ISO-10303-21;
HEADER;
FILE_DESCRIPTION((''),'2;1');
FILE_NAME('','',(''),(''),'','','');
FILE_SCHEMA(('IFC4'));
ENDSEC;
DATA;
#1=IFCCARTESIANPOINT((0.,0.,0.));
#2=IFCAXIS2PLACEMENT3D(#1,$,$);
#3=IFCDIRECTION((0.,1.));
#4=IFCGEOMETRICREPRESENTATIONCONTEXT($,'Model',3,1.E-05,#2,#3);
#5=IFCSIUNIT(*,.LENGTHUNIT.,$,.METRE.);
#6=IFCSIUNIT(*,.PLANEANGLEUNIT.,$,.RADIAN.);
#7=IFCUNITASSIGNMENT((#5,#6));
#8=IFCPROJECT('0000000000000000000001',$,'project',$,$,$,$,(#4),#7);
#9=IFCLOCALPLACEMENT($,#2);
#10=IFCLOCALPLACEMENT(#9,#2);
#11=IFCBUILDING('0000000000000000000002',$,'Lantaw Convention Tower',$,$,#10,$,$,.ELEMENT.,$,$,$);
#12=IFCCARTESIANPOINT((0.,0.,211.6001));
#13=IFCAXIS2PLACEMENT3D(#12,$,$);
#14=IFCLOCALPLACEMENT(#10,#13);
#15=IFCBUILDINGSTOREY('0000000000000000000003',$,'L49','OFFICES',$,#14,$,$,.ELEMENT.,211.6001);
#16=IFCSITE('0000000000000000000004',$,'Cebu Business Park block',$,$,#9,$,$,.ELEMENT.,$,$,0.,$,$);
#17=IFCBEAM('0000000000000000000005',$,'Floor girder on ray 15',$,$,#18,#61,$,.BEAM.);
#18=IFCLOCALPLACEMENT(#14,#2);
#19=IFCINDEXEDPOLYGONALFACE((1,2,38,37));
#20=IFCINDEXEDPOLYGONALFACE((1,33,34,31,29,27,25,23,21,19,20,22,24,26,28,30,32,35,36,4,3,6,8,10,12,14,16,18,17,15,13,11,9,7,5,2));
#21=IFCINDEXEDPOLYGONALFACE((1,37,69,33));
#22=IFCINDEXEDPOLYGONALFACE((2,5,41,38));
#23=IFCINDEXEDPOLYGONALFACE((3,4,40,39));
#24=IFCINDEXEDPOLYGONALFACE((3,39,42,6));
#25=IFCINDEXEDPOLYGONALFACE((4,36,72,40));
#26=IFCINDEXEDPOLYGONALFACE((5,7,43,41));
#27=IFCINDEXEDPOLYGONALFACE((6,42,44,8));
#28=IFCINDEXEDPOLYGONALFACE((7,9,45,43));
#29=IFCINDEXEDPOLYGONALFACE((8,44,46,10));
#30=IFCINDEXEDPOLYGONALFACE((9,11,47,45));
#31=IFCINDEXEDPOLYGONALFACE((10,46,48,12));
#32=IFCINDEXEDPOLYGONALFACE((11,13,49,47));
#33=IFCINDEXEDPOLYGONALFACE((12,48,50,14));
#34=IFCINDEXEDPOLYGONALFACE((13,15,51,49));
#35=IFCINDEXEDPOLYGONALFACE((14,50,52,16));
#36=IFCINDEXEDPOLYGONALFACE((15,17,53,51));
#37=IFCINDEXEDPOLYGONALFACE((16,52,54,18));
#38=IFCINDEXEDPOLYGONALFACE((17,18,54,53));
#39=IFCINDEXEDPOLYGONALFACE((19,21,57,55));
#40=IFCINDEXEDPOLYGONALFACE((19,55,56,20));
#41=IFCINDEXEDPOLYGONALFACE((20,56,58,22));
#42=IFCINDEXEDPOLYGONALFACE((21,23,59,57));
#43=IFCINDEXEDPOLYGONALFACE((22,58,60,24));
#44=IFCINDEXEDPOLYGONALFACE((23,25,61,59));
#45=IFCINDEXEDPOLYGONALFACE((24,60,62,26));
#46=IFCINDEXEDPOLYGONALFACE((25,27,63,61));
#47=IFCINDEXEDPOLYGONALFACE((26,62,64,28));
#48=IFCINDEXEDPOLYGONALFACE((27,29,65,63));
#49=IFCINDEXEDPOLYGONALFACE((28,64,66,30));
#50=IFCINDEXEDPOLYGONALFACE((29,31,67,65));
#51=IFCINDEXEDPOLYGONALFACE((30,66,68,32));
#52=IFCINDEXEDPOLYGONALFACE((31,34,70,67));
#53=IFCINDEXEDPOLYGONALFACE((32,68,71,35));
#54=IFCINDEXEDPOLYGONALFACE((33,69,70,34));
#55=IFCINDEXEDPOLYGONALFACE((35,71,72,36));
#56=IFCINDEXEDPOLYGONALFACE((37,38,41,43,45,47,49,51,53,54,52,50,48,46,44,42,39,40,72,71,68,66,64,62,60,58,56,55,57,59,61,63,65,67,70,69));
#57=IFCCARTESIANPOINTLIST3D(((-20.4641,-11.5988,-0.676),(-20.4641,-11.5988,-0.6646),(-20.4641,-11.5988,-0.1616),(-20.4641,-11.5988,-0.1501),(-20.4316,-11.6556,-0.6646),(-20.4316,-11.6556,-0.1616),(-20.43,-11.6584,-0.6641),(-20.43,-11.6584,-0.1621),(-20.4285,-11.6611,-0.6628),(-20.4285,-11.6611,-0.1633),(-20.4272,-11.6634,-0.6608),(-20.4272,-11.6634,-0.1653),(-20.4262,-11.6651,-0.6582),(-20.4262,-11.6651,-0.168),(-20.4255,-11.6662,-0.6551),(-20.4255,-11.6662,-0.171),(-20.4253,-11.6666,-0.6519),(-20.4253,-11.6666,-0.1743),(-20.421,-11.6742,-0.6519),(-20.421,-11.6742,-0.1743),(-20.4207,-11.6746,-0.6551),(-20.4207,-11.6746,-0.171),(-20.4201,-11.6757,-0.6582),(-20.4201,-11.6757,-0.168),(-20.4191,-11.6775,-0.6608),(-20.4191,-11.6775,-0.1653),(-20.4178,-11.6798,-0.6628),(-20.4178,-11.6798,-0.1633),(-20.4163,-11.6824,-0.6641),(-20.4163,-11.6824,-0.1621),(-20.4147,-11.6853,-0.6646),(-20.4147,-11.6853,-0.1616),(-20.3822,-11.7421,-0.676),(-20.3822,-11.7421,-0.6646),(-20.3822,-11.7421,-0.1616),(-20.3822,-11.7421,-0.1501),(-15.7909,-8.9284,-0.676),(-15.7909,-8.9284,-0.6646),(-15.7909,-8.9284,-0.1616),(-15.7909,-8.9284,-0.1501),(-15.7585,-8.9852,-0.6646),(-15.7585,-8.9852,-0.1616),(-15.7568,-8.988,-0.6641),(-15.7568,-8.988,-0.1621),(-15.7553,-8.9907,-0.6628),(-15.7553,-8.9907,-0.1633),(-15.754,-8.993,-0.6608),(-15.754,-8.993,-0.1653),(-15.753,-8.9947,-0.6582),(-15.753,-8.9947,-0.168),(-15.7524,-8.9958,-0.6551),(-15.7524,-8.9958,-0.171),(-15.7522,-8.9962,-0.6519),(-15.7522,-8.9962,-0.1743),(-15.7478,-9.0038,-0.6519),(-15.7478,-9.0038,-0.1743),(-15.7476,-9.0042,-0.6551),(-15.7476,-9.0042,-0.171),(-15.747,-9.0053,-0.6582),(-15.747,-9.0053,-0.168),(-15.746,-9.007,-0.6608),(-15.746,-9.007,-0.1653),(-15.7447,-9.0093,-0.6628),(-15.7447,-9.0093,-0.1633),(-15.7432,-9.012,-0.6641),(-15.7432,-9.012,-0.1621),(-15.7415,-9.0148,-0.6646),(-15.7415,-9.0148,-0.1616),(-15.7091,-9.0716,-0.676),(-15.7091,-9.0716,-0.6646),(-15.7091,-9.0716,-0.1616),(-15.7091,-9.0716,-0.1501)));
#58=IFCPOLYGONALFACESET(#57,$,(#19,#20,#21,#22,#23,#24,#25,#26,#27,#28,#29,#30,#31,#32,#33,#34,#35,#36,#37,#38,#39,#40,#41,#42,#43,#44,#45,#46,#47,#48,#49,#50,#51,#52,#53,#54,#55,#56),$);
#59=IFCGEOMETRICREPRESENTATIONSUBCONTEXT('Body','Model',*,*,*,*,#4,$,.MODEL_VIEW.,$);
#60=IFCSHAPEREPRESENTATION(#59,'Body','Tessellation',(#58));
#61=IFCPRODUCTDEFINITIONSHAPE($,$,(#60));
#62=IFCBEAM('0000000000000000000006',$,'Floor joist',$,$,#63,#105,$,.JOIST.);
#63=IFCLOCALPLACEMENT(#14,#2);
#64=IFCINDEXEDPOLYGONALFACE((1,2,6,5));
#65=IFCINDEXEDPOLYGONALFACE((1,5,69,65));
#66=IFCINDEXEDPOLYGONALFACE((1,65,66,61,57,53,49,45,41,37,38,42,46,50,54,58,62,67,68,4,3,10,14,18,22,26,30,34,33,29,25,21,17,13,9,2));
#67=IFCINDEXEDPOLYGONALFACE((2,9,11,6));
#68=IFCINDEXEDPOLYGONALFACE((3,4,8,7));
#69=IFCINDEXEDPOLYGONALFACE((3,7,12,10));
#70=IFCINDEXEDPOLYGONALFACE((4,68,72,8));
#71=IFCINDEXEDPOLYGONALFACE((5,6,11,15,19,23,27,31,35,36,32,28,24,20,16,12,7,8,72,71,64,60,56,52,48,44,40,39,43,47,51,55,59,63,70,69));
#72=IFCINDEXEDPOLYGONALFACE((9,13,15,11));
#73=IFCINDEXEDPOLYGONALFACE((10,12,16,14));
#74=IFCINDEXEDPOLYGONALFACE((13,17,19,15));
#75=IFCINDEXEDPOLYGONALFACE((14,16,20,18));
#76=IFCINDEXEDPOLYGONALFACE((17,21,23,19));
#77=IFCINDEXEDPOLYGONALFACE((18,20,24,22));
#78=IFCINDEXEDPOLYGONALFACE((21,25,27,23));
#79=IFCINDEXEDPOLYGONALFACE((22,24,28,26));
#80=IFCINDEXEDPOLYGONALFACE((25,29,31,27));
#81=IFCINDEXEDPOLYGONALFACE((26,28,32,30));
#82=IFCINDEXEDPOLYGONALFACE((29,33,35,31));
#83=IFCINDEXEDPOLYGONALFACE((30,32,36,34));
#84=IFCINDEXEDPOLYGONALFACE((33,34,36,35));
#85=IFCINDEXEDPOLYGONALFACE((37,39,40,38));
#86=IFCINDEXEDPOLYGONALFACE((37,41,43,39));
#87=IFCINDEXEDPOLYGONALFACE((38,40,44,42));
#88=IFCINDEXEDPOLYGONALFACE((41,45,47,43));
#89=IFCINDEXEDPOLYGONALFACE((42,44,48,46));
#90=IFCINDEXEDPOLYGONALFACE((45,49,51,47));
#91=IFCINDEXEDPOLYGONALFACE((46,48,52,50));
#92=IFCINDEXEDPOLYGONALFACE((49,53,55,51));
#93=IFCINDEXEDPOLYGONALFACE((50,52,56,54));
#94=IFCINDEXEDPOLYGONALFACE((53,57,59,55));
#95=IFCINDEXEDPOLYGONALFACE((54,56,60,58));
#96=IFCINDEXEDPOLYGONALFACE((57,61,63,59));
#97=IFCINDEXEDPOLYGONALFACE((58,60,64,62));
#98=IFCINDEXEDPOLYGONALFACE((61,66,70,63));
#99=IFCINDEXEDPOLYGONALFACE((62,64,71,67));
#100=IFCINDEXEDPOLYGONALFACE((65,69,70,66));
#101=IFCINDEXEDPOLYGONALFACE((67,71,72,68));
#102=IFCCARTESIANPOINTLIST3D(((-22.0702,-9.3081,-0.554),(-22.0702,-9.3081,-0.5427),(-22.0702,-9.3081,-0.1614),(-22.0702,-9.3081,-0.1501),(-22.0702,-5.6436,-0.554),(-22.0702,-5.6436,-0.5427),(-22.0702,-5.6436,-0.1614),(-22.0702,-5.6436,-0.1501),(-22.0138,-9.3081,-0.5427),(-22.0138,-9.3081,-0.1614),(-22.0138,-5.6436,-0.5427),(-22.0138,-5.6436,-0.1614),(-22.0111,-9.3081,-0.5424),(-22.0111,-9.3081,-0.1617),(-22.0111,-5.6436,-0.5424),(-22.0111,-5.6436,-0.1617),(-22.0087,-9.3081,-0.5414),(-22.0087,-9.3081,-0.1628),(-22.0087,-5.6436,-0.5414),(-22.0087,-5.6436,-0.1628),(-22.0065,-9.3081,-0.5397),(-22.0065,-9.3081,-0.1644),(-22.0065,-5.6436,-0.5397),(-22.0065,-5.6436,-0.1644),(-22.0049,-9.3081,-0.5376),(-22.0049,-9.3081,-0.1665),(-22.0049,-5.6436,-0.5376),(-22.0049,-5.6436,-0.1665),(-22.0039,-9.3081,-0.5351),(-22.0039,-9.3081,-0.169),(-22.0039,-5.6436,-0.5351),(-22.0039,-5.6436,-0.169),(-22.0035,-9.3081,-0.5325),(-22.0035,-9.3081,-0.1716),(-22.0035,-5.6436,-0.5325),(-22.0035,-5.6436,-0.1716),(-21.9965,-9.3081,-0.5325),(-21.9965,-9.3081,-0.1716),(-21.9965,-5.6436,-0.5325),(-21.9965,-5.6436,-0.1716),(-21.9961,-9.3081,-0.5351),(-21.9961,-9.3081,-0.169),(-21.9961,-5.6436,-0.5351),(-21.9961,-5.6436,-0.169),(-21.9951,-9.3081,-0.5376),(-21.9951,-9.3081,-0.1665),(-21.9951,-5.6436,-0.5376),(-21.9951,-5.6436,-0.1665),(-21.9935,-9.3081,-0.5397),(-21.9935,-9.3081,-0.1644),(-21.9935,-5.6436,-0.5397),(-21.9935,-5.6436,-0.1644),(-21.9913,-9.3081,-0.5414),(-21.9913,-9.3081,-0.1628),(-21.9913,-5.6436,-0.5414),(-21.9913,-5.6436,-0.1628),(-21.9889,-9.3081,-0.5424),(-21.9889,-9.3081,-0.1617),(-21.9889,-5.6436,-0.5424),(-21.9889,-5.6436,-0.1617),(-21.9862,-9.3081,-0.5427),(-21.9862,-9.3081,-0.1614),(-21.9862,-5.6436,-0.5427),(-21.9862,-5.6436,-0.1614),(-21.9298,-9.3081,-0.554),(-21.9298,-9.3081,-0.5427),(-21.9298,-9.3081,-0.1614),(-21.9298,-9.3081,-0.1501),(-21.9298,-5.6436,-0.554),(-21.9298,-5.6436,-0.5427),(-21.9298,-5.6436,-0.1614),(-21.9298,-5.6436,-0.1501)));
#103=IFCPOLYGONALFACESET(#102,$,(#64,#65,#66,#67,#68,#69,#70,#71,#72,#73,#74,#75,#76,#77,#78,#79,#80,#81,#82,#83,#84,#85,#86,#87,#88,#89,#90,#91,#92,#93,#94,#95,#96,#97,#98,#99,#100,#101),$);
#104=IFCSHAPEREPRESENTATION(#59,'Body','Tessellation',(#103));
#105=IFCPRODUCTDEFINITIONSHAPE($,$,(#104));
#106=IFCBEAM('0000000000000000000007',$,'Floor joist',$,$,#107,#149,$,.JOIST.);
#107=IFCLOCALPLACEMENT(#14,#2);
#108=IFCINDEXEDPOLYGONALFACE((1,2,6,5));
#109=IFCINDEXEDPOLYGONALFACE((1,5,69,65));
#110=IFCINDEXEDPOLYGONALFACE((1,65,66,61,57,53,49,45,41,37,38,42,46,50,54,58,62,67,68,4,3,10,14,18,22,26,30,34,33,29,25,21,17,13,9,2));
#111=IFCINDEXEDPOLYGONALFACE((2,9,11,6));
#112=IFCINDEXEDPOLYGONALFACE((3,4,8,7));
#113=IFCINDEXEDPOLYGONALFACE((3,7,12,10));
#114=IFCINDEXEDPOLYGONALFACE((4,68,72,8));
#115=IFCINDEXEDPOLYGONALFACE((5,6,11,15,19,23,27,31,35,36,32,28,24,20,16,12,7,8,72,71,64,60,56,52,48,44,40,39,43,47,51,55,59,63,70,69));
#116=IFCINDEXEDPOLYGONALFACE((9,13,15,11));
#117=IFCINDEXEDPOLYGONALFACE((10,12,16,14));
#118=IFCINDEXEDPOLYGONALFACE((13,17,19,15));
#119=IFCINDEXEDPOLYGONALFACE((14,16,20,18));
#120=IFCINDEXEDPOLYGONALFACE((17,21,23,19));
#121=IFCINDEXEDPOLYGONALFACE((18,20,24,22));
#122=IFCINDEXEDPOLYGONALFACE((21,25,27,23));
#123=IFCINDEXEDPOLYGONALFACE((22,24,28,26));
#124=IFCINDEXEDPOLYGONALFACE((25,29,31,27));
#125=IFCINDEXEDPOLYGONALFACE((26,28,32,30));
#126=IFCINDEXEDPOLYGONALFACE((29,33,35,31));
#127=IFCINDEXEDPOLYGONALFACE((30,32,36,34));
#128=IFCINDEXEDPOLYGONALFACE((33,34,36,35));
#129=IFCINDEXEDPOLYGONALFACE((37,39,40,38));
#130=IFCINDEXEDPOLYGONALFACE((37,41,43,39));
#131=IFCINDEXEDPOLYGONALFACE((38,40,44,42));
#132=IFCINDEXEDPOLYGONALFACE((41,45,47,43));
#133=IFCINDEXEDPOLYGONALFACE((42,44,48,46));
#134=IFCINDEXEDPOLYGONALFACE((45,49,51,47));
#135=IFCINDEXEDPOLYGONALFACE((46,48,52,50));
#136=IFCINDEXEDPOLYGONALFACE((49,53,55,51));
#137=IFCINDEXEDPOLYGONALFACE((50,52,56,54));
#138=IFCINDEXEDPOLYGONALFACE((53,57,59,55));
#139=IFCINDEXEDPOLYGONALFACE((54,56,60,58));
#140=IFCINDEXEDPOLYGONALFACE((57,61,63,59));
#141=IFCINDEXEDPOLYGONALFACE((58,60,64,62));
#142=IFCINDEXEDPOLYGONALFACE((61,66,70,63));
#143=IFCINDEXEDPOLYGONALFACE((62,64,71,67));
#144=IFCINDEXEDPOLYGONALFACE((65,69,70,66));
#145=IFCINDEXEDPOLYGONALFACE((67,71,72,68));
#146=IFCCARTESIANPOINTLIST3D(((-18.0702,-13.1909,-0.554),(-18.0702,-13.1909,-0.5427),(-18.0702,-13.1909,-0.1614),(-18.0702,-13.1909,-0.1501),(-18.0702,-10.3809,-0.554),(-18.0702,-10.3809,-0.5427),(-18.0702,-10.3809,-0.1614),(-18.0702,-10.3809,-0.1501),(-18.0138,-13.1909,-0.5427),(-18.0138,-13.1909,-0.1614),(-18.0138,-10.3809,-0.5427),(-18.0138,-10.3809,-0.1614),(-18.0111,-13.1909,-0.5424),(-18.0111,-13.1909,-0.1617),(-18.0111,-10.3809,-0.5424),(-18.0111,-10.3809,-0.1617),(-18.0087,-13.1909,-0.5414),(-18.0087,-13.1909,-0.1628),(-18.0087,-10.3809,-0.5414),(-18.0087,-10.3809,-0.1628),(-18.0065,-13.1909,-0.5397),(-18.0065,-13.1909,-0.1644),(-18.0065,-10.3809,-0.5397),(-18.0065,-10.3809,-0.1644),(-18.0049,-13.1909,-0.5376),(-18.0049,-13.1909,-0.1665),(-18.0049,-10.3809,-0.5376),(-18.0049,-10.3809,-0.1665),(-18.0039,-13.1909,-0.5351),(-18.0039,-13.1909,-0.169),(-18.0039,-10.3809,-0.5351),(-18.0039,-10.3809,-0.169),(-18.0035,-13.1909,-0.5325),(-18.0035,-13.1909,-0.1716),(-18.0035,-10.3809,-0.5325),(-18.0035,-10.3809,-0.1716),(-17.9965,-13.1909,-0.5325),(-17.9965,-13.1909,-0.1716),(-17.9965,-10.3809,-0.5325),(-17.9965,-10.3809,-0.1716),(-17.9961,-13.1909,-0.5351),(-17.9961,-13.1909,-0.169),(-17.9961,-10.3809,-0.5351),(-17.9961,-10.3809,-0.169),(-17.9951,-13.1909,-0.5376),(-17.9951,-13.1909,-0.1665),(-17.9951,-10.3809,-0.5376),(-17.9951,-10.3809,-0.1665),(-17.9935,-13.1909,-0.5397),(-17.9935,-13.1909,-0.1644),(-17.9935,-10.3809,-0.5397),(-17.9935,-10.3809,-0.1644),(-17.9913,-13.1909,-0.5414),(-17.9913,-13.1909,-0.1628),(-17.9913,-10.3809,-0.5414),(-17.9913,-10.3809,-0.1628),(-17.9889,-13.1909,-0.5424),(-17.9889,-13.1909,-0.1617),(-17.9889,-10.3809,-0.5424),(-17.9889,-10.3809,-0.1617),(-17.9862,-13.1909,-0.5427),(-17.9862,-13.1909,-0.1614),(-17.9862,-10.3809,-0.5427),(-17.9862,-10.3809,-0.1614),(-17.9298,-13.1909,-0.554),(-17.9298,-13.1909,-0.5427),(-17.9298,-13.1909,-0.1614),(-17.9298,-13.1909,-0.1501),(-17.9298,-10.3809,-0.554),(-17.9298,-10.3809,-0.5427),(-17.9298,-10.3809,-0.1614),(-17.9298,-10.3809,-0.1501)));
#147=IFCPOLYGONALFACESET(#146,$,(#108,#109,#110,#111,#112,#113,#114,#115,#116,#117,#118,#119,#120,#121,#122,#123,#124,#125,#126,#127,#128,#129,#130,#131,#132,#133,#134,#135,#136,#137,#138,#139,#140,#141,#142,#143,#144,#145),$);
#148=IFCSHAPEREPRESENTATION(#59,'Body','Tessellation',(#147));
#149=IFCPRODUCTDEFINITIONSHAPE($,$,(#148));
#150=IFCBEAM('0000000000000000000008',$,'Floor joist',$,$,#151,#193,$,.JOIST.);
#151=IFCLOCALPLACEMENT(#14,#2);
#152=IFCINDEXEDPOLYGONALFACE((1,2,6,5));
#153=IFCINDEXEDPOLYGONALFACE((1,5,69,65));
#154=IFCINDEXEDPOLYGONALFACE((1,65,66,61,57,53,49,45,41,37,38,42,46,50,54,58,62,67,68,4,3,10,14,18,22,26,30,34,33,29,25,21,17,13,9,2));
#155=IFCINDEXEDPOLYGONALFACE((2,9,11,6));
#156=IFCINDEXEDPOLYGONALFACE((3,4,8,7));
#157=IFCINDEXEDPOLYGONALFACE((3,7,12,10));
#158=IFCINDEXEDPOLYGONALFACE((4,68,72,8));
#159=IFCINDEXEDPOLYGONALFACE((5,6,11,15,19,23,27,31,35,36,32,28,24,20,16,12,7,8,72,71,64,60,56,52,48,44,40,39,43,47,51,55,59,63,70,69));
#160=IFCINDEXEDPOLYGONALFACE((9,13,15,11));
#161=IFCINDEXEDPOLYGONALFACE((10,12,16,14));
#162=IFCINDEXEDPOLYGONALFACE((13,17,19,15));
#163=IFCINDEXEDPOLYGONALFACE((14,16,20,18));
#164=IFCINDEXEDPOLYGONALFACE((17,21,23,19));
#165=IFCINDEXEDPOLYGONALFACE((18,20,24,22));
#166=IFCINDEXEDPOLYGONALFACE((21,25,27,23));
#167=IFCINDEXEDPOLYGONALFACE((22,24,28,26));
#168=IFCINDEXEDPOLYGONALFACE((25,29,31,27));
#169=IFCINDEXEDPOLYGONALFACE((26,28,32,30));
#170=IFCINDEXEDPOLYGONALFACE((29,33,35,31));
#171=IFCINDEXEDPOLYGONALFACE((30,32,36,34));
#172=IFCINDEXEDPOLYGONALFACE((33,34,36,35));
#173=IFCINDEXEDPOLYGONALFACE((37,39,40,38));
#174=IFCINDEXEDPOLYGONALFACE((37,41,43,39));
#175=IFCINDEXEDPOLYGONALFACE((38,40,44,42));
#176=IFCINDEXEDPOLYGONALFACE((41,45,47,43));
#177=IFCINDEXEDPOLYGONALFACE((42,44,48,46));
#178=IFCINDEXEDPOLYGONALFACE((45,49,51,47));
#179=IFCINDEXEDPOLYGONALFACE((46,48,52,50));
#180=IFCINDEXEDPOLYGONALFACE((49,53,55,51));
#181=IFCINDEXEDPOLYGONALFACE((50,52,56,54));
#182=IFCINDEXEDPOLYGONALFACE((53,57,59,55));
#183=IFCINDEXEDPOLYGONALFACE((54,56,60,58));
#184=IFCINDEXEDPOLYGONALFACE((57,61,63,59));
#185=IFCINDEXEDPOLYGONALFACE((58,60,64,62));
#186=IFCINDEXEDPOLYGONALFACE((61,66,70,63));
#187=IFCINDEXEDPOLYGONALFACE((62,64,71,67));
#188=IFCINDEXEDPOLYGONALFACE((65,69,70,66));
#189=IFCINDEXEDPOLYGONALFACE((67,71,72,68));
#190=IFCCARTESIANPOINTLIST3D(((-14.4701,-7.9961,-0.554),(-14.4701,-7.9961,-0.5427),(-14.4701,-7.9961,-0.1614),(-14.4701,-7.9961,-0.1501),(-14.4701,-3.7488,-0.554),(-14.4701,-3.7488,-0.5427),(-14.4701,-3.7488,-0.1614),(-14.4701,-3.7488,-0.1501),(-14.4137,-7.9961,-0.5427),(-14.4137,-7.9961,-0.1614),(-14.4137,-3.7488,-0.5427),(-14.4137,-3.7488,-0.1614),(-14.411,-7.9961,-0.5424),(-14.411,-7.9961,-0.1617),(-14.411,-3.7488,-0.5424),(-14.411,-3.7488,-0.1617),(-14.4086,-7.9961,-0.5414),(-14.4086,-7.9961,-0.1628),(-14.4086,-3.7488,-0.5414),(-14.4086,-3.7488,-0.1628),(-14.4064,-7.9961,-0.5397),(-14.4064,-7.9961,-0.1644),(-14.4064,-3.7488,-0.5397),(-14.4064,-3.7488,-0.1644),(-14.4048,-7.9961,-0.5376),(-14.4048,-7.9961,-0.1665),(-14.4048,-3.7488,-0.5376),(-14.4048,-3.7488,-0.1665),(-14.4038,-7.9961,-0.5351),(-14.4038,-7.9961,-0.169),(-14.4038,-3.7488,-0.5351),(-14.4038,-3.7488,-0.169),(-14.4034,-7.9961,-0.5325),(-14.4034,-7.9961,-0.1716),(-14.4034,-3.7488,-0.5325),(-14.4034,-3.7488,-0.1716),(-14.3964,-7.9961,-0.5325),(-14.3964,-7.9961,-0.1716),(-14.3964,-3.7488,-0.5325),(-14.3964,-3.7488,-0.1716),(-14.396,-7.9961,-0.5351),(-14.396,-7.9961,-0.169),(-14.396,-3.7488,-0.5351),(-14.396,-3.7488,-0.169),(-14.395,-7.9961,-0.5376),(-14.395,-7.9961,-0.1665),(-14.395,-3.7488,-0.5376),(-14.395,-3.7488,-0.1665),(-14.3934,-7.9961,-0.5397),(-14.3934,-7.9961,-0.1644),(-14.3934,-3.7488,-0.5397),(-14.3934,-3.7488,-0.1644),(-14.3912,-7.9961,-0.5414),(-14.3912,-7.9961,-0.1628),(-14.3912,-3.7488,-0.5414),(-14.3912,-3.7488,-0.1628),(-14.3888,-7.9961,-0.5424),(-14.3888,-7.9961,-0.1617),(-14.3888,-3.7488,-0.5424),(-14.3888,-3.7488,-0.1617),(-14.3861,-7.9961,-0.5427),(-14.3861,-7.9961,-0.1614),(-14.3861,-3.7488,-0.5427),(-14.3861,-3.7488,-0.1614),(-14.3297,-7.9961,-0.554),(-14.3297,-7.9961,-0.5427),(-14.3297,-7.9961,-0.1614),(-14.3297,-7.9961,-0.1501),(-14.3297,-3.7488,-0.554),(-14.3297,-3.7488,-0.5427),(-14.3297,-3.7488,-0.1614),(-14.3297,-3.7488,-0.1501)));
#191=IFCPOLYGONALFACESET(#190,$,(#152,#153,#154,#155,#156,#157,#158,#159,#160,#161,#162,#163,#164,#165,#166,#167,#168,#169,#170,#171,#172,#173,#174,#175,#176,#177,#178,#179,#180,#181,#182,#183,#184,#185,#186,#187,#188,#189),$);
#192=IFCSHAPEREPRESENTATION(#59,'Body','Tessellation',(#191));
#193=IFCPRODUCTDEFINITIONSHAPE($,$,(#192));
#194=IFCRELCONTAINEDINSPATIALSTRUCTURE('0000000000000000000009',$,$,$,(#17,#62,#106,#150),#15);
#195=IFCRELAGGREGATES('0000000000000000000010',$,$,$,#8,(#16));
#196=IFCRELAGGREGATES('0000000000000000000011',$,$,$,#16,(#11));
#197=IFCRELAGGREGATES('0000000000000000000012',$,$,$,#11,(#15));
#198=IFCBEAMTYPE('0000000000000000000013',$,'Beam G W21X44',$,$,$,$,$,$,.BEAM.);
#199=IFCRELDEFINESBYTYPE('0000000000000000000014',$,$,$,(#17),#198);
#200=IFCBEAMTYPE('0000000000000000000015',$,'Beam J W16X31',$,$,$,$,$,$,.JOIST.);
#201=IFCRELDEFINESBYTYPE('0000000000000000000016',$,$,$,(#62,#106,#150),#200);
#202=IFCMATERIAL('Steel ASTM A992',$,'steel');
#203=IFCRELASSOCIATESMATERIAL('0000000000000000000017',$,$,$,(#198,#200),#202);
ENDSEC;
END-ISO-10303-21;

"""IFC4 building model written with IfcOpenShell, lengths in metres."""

from ifc_helpers import new_model, si_unit, direction, frame, origin, origin_2d, place, context, subcontext, project, spatial, i_section, extrude, material, material_profile, profile_set, type_object, element, save


model = new_model("IFC4")

# Units and contexts
model_context = context("Model", 3, precision=1e-05, world=origin(), true_north=direction((0.0, 1.0)))
body_context = subcontext(model_context, "Body", "Model", "MODEL_VIEW")
ifc_project = project(units=[si_unit("LENGTHUNIT", "METRE"), si_unit("PLANEANGLEUNIT", "RADIAN")], contexts=[model_context])

# Site, building, storey
site_placement = place(None, origin())
site = spatial("IfcSite", under=ifc_project, at=site_placement, Name="Cebu Business Park block", CompositionType="ELEMENT", RefElevation=0.0)
building_placement = place(site_placement, origin())
building = spatial("IfcBuilding", under=site, at=building_placement, Name="Lantaw Convention Tower", CompositionType="ELEMENT")
storey_placement = place(building_placement, frame((0.0, 0.0, 211.6001)))
storey = spatial("IfcBuildingStorey", under=building, at=storey_placement, Name="L49", Description="OFFICES", CompositionType="ELEMENT", Elevation=211.6001)

# Beams
ifc_material_1 = material(Name="Steel ASTM A992", Category="steel")
ifc_material_profile_1 = material_profile(ifc_material_1, i_section(OverallWidth=0.165, OverallDepth=0.5259, WebThickness=0.0088, FlangeThickness=0.0115, FilletRadius=0.0127, at=origin_2d()), Name="W21X44")
ifc_profile_set_1 = profile_set([ifc_material_profile_1], Name="Steel ASTM A992")
beam_type_1 = type_object("IfcBeamType", Name="Beam G W21X44", PredefinedType="BEAM", material=ifc_profile_set_1)
beam_1_placement = place(storey_placement, frame((-15.75, -9.0, -0.4131), z_axis=(-0.868238, -0.496149, 0.0), x_axis=(0.496149, -0.868238, 0.0)))
element("IfcBeam", 1, at=beam_1_placement, inside=storey, type_object=beam_type_1, Name="Floor girder on ray 15", PredefinedType="BEAM", context=body_context, shape_type="SweptSolid", body=[
    extrude(i_section(OverallWidth=0.165, OverallDepth=0.5259, WebThickness=0.0088, FlangeThickness=0.0115, FilletRadius=0.0127, at=origin_2d()), origin(), (0.0, 0.0, 1.0), 5.3823),
])
ifc_material_profile_2 = material_profile(ifc_material_1, i_section(OverallWidth=0.1404, OverallDepth=0.4038, WebThickness=0.0071, FlangeThickness=0.0112, FilletRadius=0.0103, at=origin_2d()), Name="W16X31")
ifc_profile_set_2 = profile_set([ifc_material_profile_2], Name="Steel ASTM A992")
beam_type_2 = type_object("IfcBeamType", Name="Beam J W16X31", PredefinedType="JOIST", material=ifc_profile_set_2)
beam_2_placement = place(storey_placement, frame((-22.0, -9.3081, -0.3521), z_axis=(0.0, 1.0, 0.0), x_axis=(-1.0, 0.0, 0.0)))
element("IfcBeam", 2, at=beam_2_placement, inside=storey, type_object=beam_type_2, Name="Floor joist", PredefinedType="JOIST", context=body_context, shape_type="SweptSolid", body=[
    extrude(i_section(OverallWidth=0.1404, OverallDepth=0.4038, WebThickness=0.0071, FlangeThickness=0.0112, FilletRadius=0.0103, at=origin_2d()), origin(), (0.0, 0.0, 1.0), 3.6646),
])
beam_3_placement = place(storey_placement, frame((-18.0, -13.1909, -0.3521), z_axis=(0.0, 1.0, 0.0), x_axis=(-1.0, 0.0, 0.0)))
element("IfcBeam", 3, at=beam_3_placement, inside=storey, type_object=beam_type_2, Name="Floor joist", PredefinedType="JOIST", context=body_context, shape_type="SweptSolid", body=[
    extrude(i_section(OverallWidth=0.1404, OverallDepth=0.4038, WebThickness=0.0071, FlangeThickness=0.0112, FilletRadius=0.0103, at=origin_2d()), origin(), (0.0, 0.0, 1.0), 2.8101),
])
beam_4_placement = place(storey_placement, frame((-14.3999, -7.9961, -0.3521), z_axis=(0.0, 1.0, 0.0), x_axis=(-1.0, 0.0, 0.0)))
element("IfcBeam", 4, at=beam_4_placement, inside=storey, type_object=beam_type_2, Name="Floor joist", PredefinedType="JOIST", context=body_context, shape_type="SweptSolid", body=[
    extrude(i_section(OverallWidth=0.1404, OverallDepth=0.4038, WebThickness=0.0071, FlangeThickness=0.0112, FilletRadius=0.0103, at=origin_2d()), origin(), (0.0, 0.0, 1.0), 4.2473),
])

save(model, "model.ifc")
